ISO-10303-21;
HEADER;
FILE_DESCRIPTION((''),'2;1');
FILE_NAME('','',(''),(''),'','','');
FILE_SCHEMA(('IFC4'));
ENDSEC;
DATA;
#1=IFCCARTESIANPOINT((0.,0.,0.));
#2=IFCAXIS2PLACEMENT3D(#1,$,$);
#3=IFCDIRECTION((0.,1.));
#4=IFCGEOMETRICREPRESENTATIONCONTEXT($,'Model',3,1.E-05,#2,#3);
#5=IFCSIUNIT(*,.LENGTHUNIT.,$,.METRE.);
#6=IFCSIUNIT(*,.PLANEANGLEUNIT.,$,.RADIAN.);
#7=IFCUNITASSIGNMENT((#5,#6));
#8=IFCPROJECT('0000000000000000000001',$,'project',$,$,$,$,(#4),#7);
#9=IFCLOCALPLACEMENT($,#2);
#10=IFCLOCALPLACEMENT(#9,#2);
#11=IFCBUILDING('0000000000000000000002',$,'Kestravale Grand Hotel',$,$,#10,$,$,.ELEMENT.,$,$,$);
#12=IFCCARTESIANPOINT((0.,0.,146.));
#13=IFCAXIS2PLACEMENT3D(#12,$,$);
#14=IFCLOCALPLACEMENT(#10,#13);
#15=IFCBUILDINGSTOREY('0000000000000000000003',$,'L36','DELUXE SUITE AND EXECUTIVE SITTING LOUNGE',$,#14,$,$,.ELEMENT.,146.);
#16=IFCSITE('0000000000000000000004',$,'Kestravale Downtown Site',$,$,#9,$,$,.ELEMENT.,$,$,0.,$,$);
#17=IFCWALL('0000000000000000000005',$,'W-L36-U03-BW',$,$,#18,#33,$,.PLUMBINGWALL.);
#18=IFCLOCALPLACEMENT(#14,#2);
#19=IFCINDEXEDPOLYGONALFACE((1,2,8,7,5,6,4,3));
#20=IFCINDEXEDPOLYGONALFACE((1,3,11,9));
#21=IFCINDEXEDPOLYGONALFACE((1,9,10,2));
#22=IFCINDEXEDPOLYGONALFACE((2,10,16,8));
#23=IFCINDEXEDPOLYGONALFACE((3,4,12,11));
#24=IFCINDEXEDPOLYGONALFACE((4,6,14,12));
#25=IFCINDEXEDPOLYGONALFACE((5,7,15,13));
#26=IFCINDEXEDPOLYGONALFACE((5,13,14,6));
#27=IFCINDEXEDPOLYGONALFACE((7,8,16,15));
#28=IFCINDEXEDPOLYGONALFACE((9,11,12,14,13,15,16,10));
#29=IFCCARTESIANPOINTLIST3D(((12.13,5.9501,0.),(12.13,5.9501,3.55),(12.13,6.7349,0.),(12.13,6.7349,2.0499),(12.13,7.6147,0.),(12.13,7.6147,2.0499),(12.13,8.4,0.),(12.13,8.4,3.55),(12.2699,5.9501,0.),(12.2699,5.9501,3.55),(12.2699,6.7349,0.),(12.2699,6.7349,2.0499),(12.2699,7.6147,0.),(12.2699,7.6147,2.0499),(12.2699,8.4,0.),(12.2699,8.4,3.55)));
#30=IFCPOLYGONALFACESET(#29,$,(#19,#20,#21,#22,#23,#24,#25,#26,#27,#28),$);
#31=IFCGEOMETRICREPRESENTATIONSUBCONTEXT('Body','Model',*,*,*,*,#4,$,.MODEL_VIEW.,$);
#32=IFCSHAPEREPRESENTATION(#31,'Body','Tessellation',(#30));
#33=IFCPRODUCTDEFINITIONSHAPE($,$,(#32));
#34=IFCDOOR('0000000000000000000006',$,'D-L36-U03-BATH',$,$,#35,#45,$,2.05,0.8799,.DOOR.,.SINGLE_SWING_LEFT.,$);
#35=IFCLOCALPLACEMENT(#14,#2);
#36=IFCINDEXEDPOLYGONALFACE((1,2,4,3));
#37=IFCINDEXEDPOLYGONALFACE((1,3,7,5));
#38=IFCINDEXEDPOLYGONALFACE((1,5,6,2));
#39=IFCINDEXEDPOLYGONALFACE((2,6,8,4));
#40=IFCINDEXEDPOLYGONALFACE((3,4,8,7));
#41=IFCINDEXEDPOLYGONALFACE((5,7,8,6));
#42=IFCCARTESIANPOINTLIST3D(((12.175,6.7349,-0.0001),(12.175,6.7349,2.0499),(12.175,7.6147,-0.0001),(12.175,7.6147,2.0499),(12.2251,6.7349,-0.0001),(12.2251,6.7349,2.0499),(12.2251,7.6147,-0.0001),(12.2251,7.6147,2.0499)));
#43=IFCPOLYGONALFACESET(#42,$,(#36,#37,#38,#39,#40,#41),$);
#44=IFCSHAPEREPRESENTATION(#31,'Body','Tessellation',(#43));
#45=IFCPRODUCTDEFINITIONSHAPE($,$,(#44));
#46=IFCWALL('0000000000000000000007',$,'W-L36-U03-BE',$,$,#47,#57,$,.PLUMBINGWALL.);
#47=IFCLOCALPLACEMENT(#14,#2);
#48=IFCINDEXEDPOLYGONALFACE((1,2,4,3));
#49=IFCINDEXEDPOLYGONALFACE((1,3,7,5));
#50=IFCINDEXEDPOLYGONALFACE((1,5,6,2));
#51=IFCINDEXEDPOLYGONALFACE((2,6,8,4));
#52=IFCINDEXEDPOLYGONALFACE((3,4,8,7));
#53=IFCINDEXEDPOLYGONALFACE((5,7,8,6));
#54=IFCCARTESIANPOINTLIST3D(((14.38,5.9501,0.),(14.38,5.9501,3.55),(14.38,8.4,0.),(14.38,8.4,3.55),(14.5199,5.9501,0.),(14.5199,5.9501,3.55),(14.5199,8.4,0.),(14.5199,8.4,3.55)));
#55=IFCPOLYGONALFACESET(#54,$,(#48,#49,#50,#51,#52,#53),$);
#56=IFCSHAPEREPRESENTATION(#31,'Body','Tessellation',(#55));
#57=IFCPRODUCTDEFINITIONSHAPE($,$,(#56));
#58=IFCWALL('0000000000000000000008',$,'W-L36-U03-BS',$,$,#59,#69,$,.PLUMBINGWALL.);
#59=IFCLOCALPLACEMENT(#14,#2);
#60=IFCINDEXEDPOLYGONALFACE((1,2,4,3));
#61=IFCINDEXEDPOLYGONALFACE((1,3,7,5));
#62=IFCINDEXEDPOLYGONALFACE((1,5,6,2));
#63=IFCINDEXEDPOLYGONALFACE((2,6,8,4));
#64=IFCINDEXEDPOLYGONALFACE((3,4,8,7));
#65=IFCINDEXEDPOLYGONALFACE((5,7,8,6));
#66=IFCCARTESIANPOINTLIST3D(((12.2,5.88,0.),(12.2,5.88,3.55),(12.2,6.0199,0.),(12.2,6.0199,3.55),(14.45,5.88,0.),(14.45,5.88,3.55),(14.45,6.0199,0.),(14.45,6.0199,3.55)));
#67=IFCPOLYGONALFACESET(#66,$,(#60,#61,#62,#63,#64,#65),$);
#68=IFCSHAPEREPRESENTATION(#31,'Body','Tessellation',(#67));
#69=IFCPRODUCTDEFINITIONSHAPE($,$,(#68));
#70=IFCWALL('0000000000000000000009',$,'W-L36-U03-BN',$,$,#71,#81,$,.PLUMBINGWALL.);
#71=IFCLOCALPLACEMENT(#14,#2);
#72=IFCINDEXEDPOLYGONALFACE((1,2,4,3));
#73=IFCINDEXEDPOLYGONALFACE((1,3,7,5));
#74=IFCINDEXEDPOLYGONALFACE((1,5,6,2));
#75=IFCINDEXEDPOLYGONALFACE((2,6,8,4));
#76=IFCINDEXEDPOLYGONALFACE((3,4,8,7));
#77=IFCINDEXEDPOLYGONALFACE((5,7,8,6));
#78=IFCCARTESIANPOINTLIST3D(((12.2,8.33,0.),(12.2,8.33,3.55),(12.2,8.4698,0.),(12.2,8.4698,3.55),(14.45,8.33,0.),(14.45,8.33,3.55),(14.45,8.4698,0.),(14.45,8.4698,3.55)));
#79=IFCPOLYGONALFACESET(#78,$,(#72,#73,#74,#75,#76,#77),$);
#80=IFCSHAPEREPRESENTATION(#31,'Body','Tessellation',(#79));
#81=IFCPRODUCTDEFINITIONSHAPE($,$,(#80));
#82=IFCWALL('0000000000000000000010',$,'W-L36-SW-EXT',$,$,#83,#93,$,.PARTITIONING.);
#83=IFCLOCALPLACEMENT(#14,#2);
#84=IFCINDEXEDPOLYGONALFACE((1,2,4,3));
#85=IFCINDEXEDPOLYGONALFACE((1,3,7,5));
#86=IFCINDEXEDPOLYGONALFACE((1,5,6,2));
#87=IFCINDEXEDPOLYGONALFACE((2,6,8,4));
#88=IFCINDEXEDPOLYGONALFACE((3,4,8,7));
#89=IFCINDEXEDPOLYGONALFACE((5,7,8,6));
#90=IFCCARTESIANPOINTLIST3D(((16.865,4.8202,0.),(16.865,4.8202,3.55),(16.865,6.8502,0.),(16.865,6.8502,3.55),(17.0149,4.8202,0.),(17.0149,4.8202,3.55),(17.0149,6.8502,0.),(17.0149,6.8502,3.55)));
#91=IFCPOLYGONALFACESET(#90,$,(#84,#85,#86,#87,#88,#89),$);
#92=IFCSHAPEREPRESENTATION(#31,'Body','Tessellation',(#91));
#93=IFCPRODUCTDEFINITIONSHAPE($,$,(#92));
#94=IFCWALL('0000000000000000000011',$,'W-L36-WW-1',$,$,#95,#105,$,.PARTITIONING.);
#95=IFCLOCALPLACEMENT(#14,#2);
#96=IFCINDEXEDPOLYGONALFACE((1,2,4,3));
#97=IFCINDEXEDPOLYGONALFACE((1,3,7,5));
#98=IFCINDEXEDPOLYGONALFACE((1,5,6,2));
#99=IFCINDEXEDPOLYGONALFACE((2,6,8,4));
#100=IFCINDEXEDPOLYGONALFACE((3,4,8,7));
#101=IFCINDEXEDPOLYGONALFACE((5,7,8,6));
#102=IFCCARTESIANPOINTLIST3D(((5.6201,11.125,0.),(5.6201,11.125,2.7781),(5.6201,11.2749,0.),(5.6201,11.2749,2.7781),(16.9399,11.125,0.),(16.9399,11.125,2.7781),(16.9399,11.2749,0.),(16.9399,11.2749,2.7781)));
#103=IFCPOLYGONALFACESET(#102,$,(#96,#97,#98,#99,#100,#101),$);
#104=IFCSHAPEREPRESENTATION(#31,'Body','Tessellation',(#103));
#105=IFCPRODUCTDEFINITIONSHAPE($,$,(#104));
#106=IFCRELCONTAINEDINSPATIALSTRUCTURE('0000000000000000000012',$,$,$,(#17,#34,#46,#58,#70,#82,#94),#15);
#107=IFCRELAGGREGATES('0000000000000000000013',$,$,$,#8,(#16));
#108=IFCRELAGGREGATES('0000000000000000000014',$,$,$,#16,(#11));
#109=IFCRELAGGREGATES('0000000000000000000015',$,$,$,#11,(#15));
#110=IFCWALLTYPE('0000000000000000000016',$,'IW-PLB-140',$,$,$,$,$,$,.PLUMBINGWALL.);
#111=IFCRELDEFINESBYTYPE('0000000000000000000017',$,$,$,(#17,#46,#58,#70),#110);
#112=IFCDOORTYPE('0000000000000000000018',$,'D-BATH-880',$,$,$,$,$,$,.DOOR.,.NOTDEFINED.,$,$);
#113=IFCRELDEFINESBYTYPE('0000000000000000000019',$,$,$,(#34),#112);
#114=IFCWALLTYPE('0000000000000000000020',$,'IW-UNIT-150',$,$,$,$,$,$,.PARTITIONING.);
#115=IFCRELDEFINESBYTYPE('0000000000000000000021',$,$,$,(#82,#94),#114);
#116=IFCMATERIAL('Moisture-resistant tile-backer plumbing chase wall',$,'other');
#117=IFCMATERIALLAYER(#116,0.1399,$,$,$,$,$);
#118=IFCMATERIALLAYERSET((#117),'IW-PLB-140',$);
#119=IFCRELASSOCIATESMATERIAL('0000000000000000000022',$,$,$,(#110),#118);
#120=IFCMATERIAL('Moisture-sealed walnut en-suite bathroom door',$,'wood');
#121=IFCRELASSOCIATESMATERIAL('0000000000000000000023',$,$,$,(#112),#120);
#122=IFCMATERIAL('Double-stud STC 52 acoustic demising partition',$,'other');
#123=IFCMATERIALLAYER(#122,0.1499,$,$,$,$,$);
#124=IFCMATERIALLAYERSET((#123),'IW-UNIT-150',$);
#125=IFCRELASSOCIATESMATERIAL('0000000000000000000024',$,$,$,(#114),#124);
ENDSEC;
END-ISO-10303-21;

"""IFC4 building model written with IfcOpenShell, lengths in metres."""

from ifc_helpers import new_model, si_unit, direction, frame, frame_2d, origin, place, context, subcontext, project, spatial, rectangle, extrude, material, layer, layer_set, type_object, element, fill, save


model = new_model("IFC4")

# Units and contexts
model_context = context("Model", 3, precision=1e-05, world=origin(), true_north=direction((0.0, 1.0)))
body_context = subcontext(model_context, "Body", "Model", "MODEL_VIEW")
ifc_project = project(units=[si_unit("LENGTHUNIT", "METRE"), si_unit("PLANEANGLEUNIT", "RADIAN")], contexts=[model_context])

# Site, building, storey
site_placement = place(None, origin())
site = spatial("IfcSite", under=ifc_project, at=site_placement, Name="Kestravale Downtown Site", CompositionType="ELEMENT", RefElevation=0.0)
building_placement = place(site_placement, origin())
building = spatial("IfcBuilding", under=site, at=building_placement, Name="Kestravale Grand Hotel", CompositionType="ELEMENT")
storey_placement = place(building_placement, frame((0.0, 0.0, 146.0)))
storey = spatial("IfcBuildingStorey", under=building, at=storey_placement, Name="L36", Description="DELUXE SUITE AND EXECUTIVE SITTING LOUNGE", CompositionType="ELEMENT", Elevation=146.0)

# Wall, opening, door
ifc_material_1 = material(Name="Moisture-resistant tile-backer plumbing chase wall", Category="other")
ifc_layer_1 = layer(ifc_material_1, 0.1399)
ifc_layer_set_1 = layer_set([ifc_layer_1], Name="IW-PLB-140")
wall_type_1 = type_object("IfcWallType", Name="IW-PLB-140", PredefinedType="PLUMBINGWALL", material=ifc_layer_set_1)
wall_1_placement = place(storey_placement, frame((12.2, 5.95, 0.0), z_axis=(0.0, 0.0, 1.0), x_axis=(0.0, 1.0, 0.0)))
wall_1 = element("IfcWall", 1, at=wall_1_placement, inside=storey, type_object=wall_type_1, Name="W-L36-U03-BW", PredefinedType="PLUMBINGWALL", context=body_context, shape_type="SweptSolid", body=[
    extrude(rectangle(XDim=2.45, YDim=0.1399, at=frame_2d((1.2251, 0.0))), origin(), (0.0, 0.0, 1.0), 3.55),
])
opening_1_placement = place(wall_1_placement, frame((0.7849, 0.0, 0.0)))
opening_1 = element("IfcOpeningElement", 2, at=opening_1_placement, cuts=wall_1, PredefinedType="OPENING", context=body_context, shape_type="SweptSolid", body=[
    extrude(rectangle(XDim=0.8799, YDim=2.05, at=frame_2d((0.4399, 1.0249))), frame((0.0, 0.0798, 0.0), z_axis=(0.0, -1.0, 0.0), x_axis=(1.0, 0.0, 0.0)), (0.0, 0.0, 1.0), 0.1599),
])
ifc_material_2 = material(Name="Moisture-sealed walnut en-suite bathroom door", Category="wood")
door_type_1 = type_object("IfcDoorType", Name="D-BATH-880", OperationType="NOTDEFINED", PredefinedType="DOOR", material=ifc_material_2)
door_1_placement = place(opening_1_placement, origin())
door_1 = element("IfcDoor", 3, at=door_1_placement, inside=storey, type_object=door_type_1, Name="D-L36-U03-BATH", OperationType="SINGLE_SWING_LEFT", OverallHeight=2.05, OverallWidth=0.8799, PredefinedType="DOOR", context=body_context, shape_type="SweptSolid", body=[
    extrude(rectangle(XDim=0.8799, YDim=2.05, at=frame_2d((0.4399, 1.0249))), frame((0.0, 0.0249, 0.0), z_axis=(0.0, -1.0, 0.0), x_axis=(1.0, 0.0, 0.0)), (0.0, 0.0, 1.0), 0.05),
])
fill(opening_1, door_1)

# Walls
wall_2_placement = place(storey_placement, frame((14.45, 5.95, 0.0), z_axis=(0.0, 0.0, 1.0), x_axis=(0.0, 1.0, 0.0)))
element("IfcWall", 4, at=wall_2_placement, inside=storey, type_object=wall_type_1, Name="W-L36-U03-BE", PredefinedType="PLUMBINGWALL", context=body_context, shape_type="SweptSolid", body=[
    extrude(rectangle(XDim=2.45, YDim=0.1399, at=frame_2d((1.2251, 0.0))), origin(), (0.0, 0.0, 1.0), 3.55),
])
for number, where, z_axis, x_axis, name in (
    (5, (12.2, 5.95, 0.0), (0.0, 0.0, 1.0), (1.0, 0.0, 0.0), "W-L36-U03-BS"),
    (6, (12.2, 8.3999, 0.0), (0.0, 0.0, 1.0), (1.0, 0.0, 0.0), "W-L36-U03-BN"),
):
    element("IfcWall", number, at=place(storey_placement, frame(where, z_axis=z_axis, x_axis=x_axis)), inside=storey, type_object=wall_type_1, Name=name, PredefinedType="PLUMBINGWALL", context=body_context, shape_type="SweptSolid", body=[
        extrude(rectangle(XDim=2.25, YDim=0.1399, at=frame_2d((1.125, 0.0))), origin(), (0.0, 0.0, 1.0), 3.55),
    ])
ifc_material_3 = material(Name="Double-stud STC 52 acoustic demising partition", Category="other")
ifc_layer_2 = layer(ifc_material_3, 0.1499)
ifc_layer_set_2 = layer_set([ifc_layer_2], Name="IW-UNIT-150")
wall_type_2 = type_object("IfcWallType", Name="IW-UNIT-150", PredefinedType="PARTITIONING", material=ifc_layer_set_2)
wall_3_placement = place(storey_placement, frame((16.9399, 4.8201, 0.0), z_axis=(0.0, 0.0, 1.0), x_axis=(0.0, 1.0, 0.0)))
element("IfcWall", 7, at=wall_3_placement, inside=storey, type_object=wall_type_2, Name="W-L36-SW-EXT", PredefinedType="PARTITIONING", context=body_context, shape_type="SweptSolid", body=[
    extrude(rectangle(XDim=2.03, YDim=0.1499, at=frame_2d((1.0151, 0.0))), origin(), (0.0, 0.0, 1.0), 3.55),
])
wall_4_placement = place(storey_placement, frame((5.6201, 11.2, 0.0), z_axis=(0.0, 0.0, 1.0), x_axis=(1.0, 0.0, 0.0)))
element("IfcWall", 8, at=wall_4_placement, inside=storey, type_object=wall_type_2, Name="W-L36-WW-1", PredefinedType="PARTITIONING", context=body_context, shape_type="SweptSolid", body=[
    extrude(rectangle(XDim=11.3198, YDim=0.1499, at=frame_2d((5.6599, 0.0))), origin(), (0.0, 0.0, 1.0), 2.7781),
])

save(model, "model.ifc")
